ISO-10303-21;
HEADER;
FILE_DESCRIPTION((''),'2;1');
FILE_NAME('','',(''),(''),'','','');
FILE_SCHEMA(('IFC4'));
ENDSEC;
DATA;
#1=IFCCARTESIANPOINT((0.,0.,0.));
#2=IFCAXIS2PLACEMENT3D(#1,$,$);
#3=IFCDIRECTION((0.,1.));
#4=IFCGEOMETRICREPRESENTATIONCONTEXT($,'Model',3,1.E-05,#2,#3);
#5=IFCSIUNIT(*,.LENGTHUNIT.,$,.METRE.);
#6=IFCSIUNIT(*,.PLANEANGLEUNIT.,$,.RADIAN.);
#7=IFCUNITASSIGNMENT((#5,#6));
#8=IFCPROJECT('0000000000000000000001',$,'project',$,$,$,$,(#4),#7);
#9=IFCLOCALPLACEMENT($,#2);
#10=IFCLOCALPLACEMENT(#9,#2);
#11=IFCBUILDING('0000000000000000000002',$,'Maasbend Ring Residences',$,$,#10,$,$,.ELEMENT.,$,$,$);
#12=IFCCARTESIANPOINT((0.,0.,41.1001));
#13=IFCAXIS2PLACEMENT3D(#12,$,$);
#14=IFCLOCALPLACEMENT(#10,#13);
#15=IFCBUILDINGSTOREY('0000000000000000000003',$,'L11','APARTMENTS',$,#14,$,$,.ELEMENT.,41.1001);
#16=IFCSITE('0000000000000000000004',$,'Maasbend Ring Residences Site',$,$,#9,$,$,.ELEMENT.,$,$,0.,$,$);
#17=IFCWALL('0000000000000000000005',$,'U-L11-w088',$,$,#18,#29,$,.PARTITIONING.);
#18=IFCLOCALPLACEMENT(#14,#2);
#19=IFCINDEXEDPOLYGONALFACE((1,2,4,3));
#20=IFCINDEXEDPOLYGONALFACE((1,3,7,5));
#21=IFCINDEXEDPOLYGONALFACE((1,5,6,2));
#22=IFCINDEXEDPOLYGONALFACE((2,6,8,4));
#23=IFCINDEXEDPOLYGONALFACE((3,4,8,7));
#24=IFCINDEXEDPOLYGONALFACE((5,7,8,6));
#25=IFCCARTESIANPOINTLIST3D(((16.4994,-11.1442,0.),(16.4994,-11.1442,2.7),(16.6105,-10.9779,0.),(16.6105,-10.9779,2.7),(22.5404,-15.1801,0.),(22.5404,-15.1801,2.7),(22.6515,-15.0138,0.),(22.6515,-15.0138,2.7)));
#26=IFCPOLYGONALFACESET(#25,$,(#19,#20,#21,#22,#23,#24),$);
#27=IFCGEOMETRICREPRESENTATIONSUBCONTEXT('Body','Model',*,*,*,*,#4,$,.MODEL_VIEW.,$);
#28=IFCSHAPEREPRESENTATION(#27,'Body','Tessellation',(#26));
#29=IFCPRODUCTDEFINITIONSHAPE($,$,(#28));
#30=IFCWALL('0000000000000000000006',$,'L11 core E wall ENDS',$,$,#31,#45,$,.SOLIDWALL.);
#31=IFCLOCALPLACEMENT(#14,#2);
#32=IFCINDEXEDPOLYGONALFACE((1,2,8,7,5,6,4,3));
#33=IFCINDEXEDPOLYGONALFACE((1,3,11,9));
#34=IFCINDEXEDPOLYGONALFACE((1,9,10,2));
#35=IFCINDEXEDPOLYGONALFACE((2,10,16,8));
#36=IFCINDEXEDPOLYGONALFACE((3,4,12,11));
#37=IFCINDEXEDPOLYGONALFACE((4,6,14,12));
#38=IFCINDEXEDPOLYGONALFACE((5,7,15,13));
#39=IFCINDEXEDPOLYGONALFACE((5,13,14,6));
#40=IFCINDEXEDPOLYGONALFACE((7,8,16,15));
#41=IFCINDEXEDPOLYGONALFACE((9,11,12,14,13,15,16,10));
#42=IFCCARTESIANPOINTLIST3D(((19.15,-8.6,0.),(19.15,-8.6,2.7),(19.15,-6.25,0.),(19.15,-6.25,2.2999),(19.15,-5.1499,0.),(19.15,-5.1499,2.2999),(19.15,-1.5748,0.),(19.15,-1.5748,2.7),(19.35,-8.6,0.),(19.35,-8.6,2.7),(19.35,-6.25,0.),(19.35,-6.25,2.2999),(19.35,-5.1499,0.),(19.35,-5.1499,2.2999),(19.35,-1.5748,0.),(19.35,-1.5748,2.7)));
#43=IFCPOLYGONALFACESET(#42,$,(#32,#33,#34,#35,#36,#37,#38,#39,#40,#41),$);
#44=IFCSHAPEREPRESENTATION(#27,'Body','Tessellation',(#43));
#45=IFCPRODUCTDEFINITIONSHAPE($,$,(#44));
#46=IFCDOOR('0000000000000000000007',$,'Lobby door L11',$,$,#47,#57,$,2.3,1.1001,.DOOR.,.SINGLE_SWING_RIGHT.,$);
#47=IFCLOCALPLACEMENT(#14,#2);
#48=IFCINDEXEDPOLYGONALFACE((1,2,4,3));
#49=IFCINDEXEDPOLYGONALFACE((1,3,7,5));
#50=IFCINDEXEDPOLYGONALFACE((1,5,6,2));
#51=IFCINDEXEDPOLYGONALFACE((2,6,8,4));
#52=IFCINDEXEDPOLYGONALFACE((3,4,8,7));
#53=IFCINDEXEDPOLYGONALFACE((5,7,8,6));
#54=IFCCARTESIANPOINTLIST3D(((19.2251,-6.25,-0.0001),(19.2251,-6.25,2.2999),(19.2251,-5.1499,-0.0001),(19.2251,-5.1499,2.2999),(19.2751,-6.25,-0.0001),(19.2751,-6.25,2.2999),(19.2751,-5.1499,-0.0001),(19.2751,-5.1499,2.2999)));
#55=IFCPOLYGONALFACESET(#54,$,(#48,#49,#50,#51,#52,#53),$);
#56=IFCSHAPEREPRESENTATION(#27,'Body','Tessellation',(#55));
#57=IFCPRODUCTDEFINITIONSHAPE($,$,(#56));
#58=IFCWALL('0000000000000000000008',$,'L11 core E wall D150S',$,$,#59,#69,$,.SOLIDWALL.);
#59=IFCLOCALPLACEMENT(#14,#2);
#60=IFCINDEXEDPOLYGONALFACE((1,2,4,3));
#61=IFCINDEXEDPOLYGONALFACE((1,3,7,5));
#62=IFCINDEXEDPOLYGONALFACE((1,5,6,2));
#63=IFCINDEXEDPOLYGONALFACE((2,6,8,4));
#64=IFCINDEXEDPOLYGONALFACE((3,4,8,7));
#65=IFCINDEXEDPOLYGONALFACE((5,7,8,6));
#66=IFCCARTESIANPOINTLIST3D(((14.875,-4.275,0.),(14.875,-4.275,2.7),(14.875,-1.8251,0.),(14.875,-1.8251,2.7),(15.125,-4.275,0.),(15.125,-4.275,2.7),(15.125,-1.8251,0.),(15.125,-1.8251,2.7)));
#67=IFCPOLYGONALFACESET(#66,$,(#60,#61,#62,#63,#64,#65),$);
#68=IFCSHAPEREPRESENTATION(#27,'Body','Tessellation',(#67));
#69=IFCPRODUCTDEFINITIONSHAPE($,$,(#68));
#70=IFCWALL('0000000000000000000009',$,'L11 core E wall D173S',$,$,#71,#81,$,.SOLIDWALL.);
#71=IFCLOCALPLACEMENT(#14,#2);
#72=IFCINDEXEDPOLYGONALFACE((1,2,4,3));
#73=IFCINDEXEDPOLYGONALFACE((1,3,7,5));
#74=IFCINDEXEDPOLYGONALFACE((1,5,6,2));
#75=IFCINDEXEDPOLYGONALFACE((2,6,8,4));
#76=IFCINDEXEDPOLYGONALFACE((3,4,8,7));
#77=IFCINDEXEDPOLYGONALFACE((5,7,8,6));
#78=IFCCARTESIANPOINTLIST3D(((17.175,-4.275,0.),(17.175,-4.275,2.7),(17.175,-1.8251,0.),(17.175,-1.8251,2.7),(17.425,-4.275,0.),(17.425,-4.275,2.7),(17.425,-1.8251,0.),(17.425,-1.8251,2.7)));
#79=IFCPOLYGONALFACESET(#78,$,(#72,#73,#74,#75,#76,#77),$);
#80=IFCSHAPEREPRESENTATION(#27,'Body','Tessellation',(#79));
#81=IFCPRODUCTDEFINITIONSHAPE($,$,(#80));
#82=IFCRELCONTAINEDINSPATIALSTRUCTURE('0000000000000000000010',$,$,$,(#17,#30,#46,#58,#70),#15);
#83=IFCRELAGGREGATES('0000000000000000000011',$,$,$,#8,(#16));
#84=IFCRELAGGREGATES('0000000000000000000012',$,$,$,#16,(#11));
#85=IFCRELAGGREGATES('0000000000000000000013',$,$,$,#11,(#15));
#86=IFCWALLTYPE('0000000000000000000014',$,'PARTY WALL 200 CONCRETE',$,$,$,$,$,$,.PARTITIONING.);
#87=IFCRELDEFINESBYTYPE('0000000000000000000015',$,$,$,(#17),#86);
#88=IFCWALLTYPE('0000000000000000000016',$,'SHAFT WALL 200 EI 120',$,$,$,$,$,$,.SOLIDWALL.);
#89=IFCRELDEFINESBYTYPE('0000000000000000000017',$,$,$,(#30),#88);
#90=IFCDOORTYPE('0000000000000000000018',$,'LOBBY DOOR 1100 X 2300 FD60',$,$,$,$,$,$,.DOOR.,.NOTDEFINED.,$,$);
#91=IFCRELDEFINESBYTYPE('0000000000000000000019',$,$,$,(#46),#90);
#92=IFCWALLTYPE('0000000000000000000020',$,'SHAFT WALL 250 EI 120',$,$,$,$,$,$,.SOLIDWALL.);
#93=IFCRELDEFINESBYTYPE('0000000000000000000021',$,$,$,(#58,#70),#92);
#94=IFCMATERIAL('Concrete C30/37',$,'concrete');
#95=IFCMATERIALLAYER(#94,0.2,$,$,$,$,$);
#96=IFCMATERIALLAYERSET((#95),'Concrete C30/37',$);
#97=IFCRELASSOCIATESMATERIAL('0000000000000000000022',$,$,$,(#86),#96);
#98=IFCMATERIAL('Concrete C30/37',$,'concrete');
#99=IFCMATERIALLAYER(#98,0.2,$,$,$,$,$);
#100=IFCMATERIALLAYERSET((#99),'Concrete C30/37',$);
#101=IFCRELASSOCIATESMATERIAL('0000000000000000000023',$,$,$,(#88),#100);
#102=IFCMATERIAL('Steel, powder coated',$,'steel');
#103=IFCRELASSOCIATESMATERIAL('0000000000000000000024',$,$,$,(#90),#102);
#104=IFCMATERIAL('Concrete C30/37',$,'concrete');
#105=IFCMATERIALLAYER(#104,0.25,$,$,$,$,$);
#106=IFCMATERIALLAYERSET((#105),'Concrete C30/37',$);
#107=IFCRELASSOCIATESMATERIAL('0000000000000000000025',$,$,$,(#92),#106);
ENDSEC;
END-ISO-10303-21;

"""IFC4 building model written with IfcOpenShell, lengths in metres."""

from ifc_helpers import new_model, si_unit, direction, frame, frame_2d, origin, place, context, subcontext, project, spatial, rectangle, extrude, material, layer, layer_set, type_object, element, fill, save


model = new_model("IFC4")

# Units and contexts
model_context = context("Model", 3, precision=1e-05, world=origin(), true_north=direction((0.0, 1.0)))
body_context = subcontext(model_context, "Body", "Model", "MODEL_VIEW")
ifc_project = project(units=[si_unit("LENGTHUNIT", "METRE"), si_unit("PLANEANGLEUNIT", "RADIAN")], contexts=[model_context])

# Site, building, storey
site_placement = place(None, origin())
site = spatial("IfcSite", under=ifc_project, at=site_placement, Name="Maasbend Ring Residences Site", CompositionType="ELEMENT", RefElevation=0.0)
building_placement = place(site_placement, origin())
building = spatial("IfcBuilding", under=site, at=building_placement, Name="Maasbend Ring Residences", CompositionType="ELEMENT")
storey_placement = place(building_placement, frame((0.0, 0.0, 41.1001)))
storey = spatial("IfcBuildingStorey", under=building, at=storey_placement, Name="L11", Description="APARTMENTS", CompositionType="ELEMENT", Elevation=41.1001)

# Wall
ifc_material_1 = material(Name="Concrete C30/37", Category="concrete")
ifc_layer_1 = layer(ifc_material_1, 0.2)
ifc_layer_set_1 = layer_set([ifc_layer_1], Name="Concrete C30/37")
wall_type_1 = type_object("IfcWallType", Name="PARTY WALL 200 CONCRETE", PredefinedType="PARTITIONING", material=ifc_layer_set_1)
wall_1_placement = place(storey_placement, frame((16.5549, -11.061, 0.0), z_axis=(0.0, 0.0, 1.0), x_axis=(0.831507, -0.555514, 0.0)))
element("IfcWall", 1, at=wall_1_placement, inside=storey, type_object=wall_type_1, Name="U-L11-w088", PredefinedType="PARTITIONING", context=body_context, shape_type="SweptSolid", body=[
    extrude(rectangle(XDim=7.2651, YDim=0.2, at=frame_2d((3.6326, 0.0))), origin(), (0.0, 0.0, 1.0), 2.7),
])

# Wall, opening, door
ifc_material_2 = material(Name="Concrete C30/37", Category="concrete")
ifc_layer_2 = layer(ifc_material_2, 0.2)
ifc_layer_set_2 = layer_set([ifc_layer_2], Name="Concrete C30/37")
wall_type_2 = type_object("IfcWallType", Name="SHAFT WALL 200 EI 120", PredefinedType="SOLIDWALL", material=ifc_layer_set_2)
wall_2_placement = place(storey_placement, frame((19.25, -8.6001, 0.0), z_axis=(0.0, 0.0, 1.0), x_axis=(0.0, 1.0, 0.0)))
wall_2 = element("IfcWall", 2, at=wall_2_placement, inside=storey, type_object=wall_type_2, Name="L11 core E wall ENDS", PredefinedType="SOLIDWALL", context=body_context, shape_type="SweptSolid", body=[
    extrude(rectangle(XDim=7.0251, YDim=0.2, at=frame_2d((3.5127, 0.0))), origin(), (0.0, 0.0, 1.0), 2.7),
])
opening_1_placement = place(wall_2_placement, frame((2.3501, 0.0, 0.0)))
opening_1 = element("IfcOpeningElement", 3, at=opening_1_placement, cuts=wall_2, PredefinedType="OPENING", context=body_context, shape_type="SweptSolid", body=[
    extrude(rectangle(XDim=1.1001, YDim=2.3, at=frame_2d((0.55, 1.1499))), frame((0.0, 0.1099, 0.0), z_axis=(0.0, -1.0, 0.0), x_axis=(1.0, 0.0, 0.0)), (0.0, 0.0, 1.0), 0.22),
])
ifc_material_3 = material(Name="Steel, powder coated", Category="steel")
door_type_1 = type_object("IfcDoorType", Name="LOBBY DOOR 1100 X 2300 FD60", OperationType="NOTDEFINED", PredefinedType="DOOR", material=ifc_material_3)
door_1_placement = place(opening_1_placement, origin())
door_1 = element("IfcDoor", 4, at=door_1_placement, inside=storey, type_object=door_type_1, Name="Lobby door L11", OperationType="SINGLE_SWING_RIGHT", OverallHeight=2.3, OverallWidth=1.1001, PredefinedType="DOOR", context=body_context, shape_type="SweptSolid", body=[
    extrude(rectangle(XDim=1.1001, YDim=2.3, at=frame_2d((0.55, 1.1499))), frame((0.0, 0.0249, 0.0), z_axis=(0.0, -1.0, 0.0), x_axis=(1.0, 0.0, 0.0)), (0.0, 0.0, 1.0), 0.05),
])
fill(opening_1, door_1)

# Walls
ifc_material_4 = material(Name="Concrete C30/37", Category="concrete")
ifc_layer_3 = layer(ifc_material_4, 0.25)
ifc_layer_set_3 = layer_set([ifc_layer_3], Name="Concrete C30/37")
wall_type_3 = type_object("IfcWallType", Name="SHAFT WALL 250 EI 120", PredefinedType="SOLIDWALL", material=ifc_layer_set_3)
for number, where, z_axis, x_axis, name in (
    (5, (15.0, -1.825, 0.0), (0.0, 0.0, 1.0), (0.0, -1.0, 0.0), "L11 core E wall D150S"),
    (6, (17.3, -1.825, 0.0), (0.0, 0.0, 1.0), (0.0, -1.0, 0.0), "L11 core E wall D173S"),
):
    element("IfcWall", number, at=place(storey_placement, frame(where, z_axis=z_axis, x_axis=x_axis)), inside=storey, type_object=wall_type_3, Name=name, PredefinedType="SOLIDWALL", context=body_context, shape_type="SweptSolid", body=[
        extrude(rectangle(XDim=2.45, YDim=0.25, at=frame_2d((1.2251, 0.0))), origin(), (0.0, 0.0, 1.0), 2.7),
    ])

save(model, "model.ifc")
